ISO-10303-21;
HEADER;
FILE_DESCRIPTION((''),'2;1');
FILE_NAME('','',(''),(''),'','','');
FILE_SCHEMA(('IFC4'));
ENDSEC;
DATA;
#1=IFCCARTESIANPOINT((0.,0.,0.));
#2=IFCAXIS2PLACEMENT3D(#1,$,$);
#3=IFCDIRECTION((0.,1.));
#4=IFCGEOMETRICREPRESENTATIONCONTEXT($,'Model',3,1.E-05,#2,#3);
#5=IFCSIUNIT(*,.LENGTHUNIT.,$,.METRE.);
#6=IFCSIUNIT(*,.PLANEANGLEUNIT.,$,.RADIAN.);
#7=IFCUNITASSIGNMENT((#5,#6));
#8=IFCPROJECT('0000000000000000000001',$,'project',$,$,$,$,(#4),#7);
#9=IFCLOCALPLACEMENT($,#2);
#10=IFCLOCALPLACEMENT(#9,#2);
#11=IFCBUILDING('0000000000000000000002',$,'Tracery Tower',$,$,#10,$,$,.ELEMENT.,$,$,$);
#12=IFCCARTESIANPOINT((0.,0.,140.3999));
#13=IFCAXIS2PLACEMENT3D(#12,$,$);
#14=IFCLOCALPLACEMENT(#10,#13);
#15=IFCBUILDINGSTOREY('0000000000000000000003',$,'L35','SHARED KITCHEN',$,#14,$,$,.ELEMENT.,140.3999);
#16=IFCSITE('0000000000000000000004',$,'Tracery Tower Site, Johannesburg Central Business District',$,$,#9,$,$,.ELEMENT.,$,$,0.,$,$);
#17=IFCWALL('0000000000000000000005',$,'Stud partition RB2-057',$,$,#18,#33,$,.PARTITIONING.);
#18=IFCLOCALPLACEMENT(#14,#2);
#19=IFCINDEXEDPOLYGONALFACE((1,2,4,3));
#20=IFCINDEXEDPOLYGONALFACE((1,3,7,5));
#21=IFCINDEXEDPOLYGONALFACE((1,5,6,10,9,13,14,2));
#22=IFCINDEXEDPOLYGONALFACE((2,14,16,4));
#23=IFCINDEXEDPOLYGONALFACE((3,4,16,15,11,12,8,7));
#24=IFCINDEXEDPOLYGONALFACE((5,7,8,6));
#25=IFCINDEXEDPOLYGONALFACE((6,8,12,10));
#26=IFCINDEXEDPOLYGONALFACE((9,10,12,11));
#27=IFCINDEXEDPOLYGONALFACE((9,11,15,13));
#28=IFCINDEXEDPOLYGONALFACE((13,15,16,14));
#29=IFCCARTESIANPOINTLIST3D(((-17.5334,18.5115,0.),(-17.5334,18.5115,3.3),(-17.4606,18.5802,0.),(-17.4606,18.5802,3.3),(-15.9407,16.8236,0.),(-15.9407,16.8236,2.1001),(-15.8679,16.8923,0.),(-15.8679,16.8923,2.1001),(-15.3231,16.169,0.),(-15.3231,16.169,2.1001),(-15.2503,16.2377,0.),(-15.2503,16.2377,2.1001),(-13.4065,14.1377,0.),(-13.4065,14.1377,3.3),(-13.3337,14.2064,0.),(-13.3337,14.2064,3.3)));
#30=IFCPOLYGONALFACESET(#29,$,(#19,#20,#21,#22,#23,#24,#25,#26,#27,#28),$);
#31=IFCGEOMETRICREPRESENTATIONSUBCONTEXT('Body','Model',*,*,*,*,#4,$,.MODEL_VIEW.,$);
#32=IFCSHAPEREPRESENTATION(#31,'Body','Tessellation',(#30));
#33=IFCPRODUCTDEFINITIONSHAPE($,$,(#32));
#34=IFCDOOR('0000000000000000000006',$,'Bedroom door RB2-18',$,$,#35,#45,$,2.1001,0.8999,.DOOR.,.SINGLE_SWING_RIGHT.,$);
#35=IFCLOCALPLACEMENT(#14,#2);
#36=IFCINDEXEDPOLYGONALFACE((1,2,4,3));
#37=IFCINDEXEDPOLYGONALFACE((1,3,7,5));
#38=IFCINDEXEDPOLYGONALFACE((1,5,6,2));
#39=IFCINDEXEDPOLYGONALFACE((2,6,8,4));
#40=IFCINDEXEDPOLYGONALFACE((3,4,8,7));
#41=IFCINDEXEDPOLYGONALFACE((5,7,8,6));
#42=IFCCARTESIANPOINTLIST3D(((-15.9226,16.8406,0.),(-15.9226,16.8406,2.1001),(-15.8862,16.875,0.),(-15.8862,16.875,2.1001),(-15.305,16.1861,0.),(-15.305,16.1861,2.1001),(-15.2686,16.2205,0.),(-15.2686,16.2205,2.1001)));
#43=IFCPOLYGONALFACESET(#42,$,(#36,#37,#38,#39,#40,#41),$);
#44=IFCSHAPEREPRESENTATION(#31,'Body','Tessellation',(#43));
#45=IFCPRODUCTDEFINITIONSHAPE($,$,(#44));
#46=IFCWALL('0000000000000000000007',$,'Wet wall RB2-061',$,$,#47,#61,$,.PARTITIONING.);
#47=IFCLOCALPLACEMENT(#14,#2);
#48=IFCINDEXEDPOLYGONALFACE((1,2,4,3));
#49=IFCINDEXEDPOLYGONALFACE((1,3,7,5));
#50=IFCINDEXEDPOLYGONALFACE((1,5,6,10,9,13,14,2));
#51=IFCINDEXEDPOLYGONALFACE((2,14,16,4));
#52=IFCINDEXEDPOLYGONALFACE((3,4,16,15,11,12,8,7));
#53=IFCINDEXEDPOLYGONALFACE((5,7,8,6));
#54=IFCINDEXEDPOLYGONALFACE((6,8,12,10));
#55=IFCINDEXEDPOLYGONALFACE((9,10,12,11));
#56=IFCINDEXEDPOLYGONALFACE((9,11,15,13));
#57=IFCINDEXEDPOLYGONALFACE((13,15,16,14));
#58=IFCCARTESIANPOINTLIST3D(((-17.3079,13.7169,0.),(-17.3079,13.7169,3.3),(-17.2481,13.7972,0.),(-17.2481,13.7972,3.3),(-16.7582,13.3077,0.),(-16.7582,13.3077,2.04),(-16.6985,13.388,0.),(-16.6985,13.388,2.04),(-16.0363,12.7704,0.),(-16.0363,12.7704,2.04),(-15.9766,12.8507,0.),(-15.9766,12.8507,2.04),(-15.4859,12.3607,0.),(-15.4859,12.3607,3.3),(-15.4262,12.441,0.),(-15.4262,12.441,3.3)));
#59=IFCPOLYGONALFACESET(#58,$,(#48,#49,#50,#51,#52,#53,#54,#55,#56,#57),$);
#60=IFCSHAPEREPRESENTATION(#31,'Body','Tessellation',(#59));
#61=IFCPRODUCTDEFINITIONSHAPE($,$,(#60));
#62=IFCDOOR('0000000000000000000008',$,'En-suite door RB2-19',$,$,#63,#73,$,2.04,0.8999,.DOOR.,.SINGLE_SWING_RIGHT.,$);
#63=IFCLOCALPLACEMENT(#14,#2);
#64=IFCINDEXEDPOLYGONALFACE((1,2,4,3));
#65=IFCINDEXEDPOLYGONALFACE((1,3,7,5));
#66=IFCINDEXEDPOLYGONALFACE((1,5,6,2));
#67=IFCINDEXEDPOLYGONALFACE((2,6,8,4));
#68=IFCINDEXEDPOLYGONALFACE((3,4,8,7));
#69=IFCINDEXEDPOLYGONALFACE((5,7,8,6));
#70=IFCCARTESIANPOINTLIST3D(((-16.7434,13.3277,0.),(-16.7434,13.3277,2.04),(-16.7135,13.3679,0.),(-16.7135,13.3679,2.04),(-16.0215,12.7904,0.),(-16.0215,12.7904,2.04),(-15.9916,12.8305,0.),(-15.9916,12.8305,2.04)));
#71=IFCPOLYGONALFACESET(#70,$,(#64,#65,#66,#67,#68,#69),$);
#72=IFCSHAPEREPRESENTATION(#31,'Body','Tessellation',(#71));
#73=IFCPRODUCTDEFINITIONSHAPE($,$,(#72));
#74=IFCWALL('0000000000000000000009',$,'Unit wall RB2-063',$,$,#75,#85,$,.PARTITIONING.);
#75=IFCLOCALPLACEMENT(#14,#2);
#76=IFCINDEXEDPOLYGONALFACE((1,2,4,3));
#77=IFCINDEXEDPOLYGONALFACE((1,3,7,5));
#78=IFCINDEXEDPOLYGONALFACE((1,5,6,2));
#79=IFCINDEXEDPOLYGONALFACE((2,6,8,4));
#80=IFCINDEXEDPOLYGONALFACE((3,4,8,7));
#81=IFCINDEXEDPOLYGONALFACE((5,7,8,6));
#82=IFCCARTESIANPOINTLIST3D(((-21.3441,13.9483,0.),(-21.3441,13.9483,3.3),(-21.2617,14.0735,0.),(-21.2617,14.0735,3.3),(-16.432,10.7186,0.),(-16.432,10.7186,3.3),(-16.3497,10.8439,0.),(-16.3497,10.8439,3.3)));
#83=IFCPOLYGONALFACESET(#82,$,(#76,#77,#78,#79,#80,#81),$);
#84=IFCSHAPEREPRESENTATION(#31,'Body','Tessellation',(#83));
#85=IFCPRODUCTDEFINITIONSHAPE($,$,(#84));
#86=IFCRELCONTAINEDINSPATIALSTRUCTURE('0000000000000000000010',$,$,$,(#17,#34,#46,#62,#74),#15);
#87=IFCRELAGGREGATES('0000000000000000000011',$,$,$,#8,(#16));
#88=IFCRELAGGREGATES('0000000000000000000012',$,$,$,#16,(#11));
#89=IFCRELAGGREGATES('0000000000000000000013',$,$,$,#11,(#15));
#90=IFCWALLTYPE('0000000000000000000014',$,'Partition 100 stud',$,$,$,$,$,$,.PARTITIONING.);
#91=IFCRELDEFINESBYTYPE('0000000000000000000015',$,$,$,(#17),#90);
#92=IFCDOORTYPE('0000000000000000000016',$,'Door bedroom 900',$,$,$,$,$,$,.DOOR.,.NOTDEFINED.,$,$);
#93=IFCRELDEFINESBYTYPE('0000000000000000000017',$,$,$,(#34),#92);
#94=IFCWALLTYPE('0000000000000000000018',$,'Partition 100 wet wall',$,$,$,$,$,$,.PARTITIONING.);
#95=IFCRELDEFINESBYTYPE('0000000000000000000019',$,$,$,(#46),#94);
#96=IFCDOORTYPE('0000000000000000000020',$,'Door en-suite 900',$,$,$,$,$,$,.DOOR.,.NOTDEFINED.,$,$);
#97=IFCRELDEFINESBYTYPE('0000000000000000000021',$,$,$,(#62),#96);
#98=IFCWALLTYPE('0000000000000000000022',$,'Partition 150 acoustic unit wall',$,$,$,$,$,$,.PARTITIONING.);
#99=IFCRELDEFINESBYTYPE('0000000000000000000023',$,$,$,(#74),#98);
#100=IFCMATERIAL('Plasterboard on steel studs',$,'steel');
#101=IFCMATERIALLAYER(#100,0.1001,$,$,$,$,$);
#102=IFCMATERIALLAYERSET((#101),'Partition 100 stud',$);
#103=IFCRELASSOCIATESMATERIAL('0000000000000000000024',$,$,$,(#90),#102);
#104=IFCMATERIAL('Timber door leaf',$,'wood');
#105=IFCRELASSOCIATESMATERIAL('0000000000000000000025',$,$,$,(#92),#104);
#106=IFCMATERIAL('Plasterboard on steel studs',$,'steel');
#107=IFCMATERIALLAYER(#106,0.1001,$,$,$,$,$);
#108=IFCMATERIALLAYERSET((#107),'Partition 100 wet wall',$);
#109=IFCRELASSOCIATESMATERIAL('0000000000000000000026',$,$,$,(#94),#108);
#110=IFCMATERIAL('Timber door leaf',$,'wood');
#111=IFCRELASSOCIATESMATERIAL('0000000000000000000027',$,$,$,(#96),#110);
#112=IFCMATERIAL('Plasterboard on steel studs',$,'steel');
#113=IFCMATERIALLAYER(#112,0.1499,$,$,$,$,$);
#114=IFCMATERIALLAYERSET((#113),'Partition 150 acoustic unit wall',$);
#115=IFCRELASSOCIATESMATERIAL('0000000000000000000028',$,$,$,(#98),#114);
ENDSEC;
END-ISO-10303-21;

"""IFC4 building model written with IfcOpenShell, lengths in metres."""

from ifc_helpers import new_model, si_unit, direction, frame, frame_2d, origin, place, context, subcontext, project, spatial, rectangle, extrude, material, layer, layer_set, type_object, element, fill, save


model = new_model("IFC4")

# Units and contexts
model_context = context("Model", 3, precision=1e-05, world=origin(), true_north=direction((0.0, 1.0)))
body_context = subcontext(model_context, "Body", "Model", "MODEL_VIEW")
ifc_project = project(units=[si_unit("LENGTHUNIT", "METRE"), si_unit("PLANEANGLEUNIT", "RADIAN")], contexts=[model_context])

# Site, building, storey
site_placement = place(None, origin())
site = spatial("IfcSite", under=ifc_project, at=site_placement, Name="Tracery Tower Site, Johannesburg Central Business District", CompositionType="ELEMENT", RefElevation=0.0)
building_placement = place(site_placement, origin())
building = spatial("IfcBuilding", under=site, at=building_placement, Name="Tracery Tower", CompositionType="ELEMENT")
storey_placement = place(building_placement, frame((0.0, 0.0, 140.3999)))
storey = spatial("IfcBuildingStorey", under=building, at=storey_placement, Name="L35", Description="SHARED KITCHEN", CompositionType="ELEMENT", Elevation=140.3999)

# Walls, openings, doors
ifc_material_1 = material(Name="Plasterboard on steel studs", Category="steel")
ifc_layer_1 = layer(ifc_material_1, 0.1001)
ifc_layer_set_1 = layer_set([ifc_layer_1], Name="Partition 100 stud")
wall_type_1 = type_object("IfcWallType", Name="Partition 100 stud", PredefinedType="PARTITIONING", material=ifc_layer_set_1)
wall_1_placement = place(storey_placement, frame((-17.4971, 18.5459, 0.0), z_axis=(0.0, 0.0, 1.0), x_axis=(0.686286, -0.727332, 0.0)))
wall_1 = element("IfcWall", 1, at=wall_1_placement, inside=storey, type_object=wall_type_1, Name="Stud partition RB2-057", PredefinedType="PARTITIONING", context=body_context, shape_type="SweptSolid", body=[
    extrude(rectangle(XDim=6.0134, YDim=0.1001, at=frame_2d((3.0068, 0.0))), origin(), (0.0, 0.0, 1.0), 3.3),
])
opening_1_placement = place(wall_1_placement, frame((2.3208, 0.0, 0.0)))
opening_1 = element("IfcOpeningElement", 2, at=opening_1_placement, cuts=wall_1, PredefinedType="OPENING", context=body_context, shape_type="SweptSolid", body=[
    extrude(rectangle(XDim=0.8999, YDim=2.1001, at=frame_2d((0.45, 1.05))), frame((0.0, 0.05, 0.0), z_axis=(0.0, -1.0, 0.0), x_axis=(1.0, 0.0, 0.0)), (0.0, 0.0, 1.0), 0.1001),
])
ifc_material_2 = material(Name="Timber door leaf", Category="wood")
door_type_1 = type_object("IfcDoorType", Name="Door bedroom 900", OperationType="NOTDEFINED", PredefinedType="DOOR", material=ifc_material_2)
door_1_placement = place(opening_1_placement, origin())
door_1 = element("IfcDoor", 3, at=door_1_placement, inside=storey, type_object=door_type_1, Name="Bedroom door RB2-18", OperationType="SINGLE_SWING_RIGHT", OverallHeight=2.1001, OverallWidth=0.8999, PredefinedType="DOOR", context=body_context, shape_type="SweptSolid", body=[
    extrude(rectangle(XDim=0.8999, YDim=2.1001, at=frame_2d((0.45, 1.05))), frame((0.0, 0.0249, 0.0), z_axis=(0.0, -1.0, 0.0), x_axis=(1.0, 0.0, 0.0)), (0.0, 0.0, 1.0), 0.05),
])
fill(opening_1, door_1)
ifc_material_3 = material(Name="Plasterboard on steel studs", Category="steel")
ifc_layer_2 = layer(ifc_material_3, 0.1001)
ifc_layer_set_2 = layer_set([ifc_layer_2], Name="Partition 100 wet wall")
wall_type_2 = type_object("IfcWallType", Name="Partition 100 wet wall", PredefinedType="PARTITIONING", material=ifc_layer_set_2)
wall_2_placement = place(storey_placement, frame((-17.2781, 13.7571, 0.0), z_axis=(0.0, 0.0, 1.0), x_axis=(0.802175, -0.59709, 0.0)))
wall_2 = element("IfcWall", 4, at=wall_2_placement, inside=storey, type_object=wall_type_2, Name="Wet wall RB2-061", PredefinedType="PARTITIONING", context=body_context, shape_type="SweptSolid", body=[
    extrude(rectangle(XDim=2.2712, YDim=0.1001, at=frame_2d((1.1357, 0.0))), origin(), (0.0, 0.0, 1.0), 3.3),
])
opening_2_placement = place(wall_2_placement, frame((0.6853, 0.0, 0.0)))
opening_2 = element("IfcOpeningElement", 5, at=opening_2_placement, cuts=wall_2, PredefinedType="OPENING", context=body_context, shape_type="SweptSolid", body=[
    extrude(rectangle(XDim=0.8999, YDim=2.04, at=frame_2d((0.45, 1.02))), frame((0.0, 0.05, 0.0), z_axis=(0.0, -1.0, 0.0), x_axis=(1.0, 0.0, 0.0)), (0.0, 0.0, 1.0), 0.1001),
])
ifc_material_4 = material(Name="Timber door leaf", Category="wood")
door_type_2 = type_object("IfcDoorType", Name="Door en-suite 900", OperationType="NOTDEFINED", PredefinedType="DOOR", material=ifc_material_4)
door_2_placement = place(opening_2_placement, origin())
door_2 = element("IfcDoor", 6, at=door_2_placement, inside=storey, type_object=door_type_2, Name="En-suite door RB2-19", OperationType="SINGLE_SWING_RIGHT", OverallHeight=2.04, OverallWidth=0.8999, PredefinedType="DOOR", context=body_context, shape_type="SweptSolid", body=[
    extrude(rectangle(XDim=0.8999, YDim=2.04, at=frame_2d((0.45, 1.02))), frame((0.0, 0.0249, 0.0), z_axis=(0.0, -1.0, 0.0), x_axis=(1.0, 0.0, 0.0)), (0.0, 0.0, 1.0), 0.05),
])
fill(opening_2, door_2)

# Wall
ifc_material_5 = material(Name="Plasterboard on steel studs", Category="steel")
ifc_layer_3 = layer(ifc_material_5, 0.1499)
ifc_layer_set_3 = layer_set([ifc_layer_3], Name="Partition 150 acoustic unit wall")
wall_type_3 = type_object("IfcWallType", Name="Partition 150 acoustic unit wall", PredefinedType="PARTITIONING", material=ifc_layer_set_3)
wall_3_placement = place(storey_placement, frame((-21.303, 14.011, 0.0), z_axis=(0.0, 0.0, 1.0), x_axis=(0.835567, -0.549389, 0.0)))
element("IfcWall", 7, at=wall_3_placement, inside=storey, type_object=wall_type_3, Name="Unit wall RB2-063", PredefinedType="PARTITIONING", context=body_context, shape_type="SweptSolid", body=[
    extrude(rectangle(XDim=5.8787, YDim=0.1499, at=frame_2d((2.9395, 0.0))), origin(), (0.0, 0.0, 1.0), 3.3),
])

save(model, "model.ifc")
